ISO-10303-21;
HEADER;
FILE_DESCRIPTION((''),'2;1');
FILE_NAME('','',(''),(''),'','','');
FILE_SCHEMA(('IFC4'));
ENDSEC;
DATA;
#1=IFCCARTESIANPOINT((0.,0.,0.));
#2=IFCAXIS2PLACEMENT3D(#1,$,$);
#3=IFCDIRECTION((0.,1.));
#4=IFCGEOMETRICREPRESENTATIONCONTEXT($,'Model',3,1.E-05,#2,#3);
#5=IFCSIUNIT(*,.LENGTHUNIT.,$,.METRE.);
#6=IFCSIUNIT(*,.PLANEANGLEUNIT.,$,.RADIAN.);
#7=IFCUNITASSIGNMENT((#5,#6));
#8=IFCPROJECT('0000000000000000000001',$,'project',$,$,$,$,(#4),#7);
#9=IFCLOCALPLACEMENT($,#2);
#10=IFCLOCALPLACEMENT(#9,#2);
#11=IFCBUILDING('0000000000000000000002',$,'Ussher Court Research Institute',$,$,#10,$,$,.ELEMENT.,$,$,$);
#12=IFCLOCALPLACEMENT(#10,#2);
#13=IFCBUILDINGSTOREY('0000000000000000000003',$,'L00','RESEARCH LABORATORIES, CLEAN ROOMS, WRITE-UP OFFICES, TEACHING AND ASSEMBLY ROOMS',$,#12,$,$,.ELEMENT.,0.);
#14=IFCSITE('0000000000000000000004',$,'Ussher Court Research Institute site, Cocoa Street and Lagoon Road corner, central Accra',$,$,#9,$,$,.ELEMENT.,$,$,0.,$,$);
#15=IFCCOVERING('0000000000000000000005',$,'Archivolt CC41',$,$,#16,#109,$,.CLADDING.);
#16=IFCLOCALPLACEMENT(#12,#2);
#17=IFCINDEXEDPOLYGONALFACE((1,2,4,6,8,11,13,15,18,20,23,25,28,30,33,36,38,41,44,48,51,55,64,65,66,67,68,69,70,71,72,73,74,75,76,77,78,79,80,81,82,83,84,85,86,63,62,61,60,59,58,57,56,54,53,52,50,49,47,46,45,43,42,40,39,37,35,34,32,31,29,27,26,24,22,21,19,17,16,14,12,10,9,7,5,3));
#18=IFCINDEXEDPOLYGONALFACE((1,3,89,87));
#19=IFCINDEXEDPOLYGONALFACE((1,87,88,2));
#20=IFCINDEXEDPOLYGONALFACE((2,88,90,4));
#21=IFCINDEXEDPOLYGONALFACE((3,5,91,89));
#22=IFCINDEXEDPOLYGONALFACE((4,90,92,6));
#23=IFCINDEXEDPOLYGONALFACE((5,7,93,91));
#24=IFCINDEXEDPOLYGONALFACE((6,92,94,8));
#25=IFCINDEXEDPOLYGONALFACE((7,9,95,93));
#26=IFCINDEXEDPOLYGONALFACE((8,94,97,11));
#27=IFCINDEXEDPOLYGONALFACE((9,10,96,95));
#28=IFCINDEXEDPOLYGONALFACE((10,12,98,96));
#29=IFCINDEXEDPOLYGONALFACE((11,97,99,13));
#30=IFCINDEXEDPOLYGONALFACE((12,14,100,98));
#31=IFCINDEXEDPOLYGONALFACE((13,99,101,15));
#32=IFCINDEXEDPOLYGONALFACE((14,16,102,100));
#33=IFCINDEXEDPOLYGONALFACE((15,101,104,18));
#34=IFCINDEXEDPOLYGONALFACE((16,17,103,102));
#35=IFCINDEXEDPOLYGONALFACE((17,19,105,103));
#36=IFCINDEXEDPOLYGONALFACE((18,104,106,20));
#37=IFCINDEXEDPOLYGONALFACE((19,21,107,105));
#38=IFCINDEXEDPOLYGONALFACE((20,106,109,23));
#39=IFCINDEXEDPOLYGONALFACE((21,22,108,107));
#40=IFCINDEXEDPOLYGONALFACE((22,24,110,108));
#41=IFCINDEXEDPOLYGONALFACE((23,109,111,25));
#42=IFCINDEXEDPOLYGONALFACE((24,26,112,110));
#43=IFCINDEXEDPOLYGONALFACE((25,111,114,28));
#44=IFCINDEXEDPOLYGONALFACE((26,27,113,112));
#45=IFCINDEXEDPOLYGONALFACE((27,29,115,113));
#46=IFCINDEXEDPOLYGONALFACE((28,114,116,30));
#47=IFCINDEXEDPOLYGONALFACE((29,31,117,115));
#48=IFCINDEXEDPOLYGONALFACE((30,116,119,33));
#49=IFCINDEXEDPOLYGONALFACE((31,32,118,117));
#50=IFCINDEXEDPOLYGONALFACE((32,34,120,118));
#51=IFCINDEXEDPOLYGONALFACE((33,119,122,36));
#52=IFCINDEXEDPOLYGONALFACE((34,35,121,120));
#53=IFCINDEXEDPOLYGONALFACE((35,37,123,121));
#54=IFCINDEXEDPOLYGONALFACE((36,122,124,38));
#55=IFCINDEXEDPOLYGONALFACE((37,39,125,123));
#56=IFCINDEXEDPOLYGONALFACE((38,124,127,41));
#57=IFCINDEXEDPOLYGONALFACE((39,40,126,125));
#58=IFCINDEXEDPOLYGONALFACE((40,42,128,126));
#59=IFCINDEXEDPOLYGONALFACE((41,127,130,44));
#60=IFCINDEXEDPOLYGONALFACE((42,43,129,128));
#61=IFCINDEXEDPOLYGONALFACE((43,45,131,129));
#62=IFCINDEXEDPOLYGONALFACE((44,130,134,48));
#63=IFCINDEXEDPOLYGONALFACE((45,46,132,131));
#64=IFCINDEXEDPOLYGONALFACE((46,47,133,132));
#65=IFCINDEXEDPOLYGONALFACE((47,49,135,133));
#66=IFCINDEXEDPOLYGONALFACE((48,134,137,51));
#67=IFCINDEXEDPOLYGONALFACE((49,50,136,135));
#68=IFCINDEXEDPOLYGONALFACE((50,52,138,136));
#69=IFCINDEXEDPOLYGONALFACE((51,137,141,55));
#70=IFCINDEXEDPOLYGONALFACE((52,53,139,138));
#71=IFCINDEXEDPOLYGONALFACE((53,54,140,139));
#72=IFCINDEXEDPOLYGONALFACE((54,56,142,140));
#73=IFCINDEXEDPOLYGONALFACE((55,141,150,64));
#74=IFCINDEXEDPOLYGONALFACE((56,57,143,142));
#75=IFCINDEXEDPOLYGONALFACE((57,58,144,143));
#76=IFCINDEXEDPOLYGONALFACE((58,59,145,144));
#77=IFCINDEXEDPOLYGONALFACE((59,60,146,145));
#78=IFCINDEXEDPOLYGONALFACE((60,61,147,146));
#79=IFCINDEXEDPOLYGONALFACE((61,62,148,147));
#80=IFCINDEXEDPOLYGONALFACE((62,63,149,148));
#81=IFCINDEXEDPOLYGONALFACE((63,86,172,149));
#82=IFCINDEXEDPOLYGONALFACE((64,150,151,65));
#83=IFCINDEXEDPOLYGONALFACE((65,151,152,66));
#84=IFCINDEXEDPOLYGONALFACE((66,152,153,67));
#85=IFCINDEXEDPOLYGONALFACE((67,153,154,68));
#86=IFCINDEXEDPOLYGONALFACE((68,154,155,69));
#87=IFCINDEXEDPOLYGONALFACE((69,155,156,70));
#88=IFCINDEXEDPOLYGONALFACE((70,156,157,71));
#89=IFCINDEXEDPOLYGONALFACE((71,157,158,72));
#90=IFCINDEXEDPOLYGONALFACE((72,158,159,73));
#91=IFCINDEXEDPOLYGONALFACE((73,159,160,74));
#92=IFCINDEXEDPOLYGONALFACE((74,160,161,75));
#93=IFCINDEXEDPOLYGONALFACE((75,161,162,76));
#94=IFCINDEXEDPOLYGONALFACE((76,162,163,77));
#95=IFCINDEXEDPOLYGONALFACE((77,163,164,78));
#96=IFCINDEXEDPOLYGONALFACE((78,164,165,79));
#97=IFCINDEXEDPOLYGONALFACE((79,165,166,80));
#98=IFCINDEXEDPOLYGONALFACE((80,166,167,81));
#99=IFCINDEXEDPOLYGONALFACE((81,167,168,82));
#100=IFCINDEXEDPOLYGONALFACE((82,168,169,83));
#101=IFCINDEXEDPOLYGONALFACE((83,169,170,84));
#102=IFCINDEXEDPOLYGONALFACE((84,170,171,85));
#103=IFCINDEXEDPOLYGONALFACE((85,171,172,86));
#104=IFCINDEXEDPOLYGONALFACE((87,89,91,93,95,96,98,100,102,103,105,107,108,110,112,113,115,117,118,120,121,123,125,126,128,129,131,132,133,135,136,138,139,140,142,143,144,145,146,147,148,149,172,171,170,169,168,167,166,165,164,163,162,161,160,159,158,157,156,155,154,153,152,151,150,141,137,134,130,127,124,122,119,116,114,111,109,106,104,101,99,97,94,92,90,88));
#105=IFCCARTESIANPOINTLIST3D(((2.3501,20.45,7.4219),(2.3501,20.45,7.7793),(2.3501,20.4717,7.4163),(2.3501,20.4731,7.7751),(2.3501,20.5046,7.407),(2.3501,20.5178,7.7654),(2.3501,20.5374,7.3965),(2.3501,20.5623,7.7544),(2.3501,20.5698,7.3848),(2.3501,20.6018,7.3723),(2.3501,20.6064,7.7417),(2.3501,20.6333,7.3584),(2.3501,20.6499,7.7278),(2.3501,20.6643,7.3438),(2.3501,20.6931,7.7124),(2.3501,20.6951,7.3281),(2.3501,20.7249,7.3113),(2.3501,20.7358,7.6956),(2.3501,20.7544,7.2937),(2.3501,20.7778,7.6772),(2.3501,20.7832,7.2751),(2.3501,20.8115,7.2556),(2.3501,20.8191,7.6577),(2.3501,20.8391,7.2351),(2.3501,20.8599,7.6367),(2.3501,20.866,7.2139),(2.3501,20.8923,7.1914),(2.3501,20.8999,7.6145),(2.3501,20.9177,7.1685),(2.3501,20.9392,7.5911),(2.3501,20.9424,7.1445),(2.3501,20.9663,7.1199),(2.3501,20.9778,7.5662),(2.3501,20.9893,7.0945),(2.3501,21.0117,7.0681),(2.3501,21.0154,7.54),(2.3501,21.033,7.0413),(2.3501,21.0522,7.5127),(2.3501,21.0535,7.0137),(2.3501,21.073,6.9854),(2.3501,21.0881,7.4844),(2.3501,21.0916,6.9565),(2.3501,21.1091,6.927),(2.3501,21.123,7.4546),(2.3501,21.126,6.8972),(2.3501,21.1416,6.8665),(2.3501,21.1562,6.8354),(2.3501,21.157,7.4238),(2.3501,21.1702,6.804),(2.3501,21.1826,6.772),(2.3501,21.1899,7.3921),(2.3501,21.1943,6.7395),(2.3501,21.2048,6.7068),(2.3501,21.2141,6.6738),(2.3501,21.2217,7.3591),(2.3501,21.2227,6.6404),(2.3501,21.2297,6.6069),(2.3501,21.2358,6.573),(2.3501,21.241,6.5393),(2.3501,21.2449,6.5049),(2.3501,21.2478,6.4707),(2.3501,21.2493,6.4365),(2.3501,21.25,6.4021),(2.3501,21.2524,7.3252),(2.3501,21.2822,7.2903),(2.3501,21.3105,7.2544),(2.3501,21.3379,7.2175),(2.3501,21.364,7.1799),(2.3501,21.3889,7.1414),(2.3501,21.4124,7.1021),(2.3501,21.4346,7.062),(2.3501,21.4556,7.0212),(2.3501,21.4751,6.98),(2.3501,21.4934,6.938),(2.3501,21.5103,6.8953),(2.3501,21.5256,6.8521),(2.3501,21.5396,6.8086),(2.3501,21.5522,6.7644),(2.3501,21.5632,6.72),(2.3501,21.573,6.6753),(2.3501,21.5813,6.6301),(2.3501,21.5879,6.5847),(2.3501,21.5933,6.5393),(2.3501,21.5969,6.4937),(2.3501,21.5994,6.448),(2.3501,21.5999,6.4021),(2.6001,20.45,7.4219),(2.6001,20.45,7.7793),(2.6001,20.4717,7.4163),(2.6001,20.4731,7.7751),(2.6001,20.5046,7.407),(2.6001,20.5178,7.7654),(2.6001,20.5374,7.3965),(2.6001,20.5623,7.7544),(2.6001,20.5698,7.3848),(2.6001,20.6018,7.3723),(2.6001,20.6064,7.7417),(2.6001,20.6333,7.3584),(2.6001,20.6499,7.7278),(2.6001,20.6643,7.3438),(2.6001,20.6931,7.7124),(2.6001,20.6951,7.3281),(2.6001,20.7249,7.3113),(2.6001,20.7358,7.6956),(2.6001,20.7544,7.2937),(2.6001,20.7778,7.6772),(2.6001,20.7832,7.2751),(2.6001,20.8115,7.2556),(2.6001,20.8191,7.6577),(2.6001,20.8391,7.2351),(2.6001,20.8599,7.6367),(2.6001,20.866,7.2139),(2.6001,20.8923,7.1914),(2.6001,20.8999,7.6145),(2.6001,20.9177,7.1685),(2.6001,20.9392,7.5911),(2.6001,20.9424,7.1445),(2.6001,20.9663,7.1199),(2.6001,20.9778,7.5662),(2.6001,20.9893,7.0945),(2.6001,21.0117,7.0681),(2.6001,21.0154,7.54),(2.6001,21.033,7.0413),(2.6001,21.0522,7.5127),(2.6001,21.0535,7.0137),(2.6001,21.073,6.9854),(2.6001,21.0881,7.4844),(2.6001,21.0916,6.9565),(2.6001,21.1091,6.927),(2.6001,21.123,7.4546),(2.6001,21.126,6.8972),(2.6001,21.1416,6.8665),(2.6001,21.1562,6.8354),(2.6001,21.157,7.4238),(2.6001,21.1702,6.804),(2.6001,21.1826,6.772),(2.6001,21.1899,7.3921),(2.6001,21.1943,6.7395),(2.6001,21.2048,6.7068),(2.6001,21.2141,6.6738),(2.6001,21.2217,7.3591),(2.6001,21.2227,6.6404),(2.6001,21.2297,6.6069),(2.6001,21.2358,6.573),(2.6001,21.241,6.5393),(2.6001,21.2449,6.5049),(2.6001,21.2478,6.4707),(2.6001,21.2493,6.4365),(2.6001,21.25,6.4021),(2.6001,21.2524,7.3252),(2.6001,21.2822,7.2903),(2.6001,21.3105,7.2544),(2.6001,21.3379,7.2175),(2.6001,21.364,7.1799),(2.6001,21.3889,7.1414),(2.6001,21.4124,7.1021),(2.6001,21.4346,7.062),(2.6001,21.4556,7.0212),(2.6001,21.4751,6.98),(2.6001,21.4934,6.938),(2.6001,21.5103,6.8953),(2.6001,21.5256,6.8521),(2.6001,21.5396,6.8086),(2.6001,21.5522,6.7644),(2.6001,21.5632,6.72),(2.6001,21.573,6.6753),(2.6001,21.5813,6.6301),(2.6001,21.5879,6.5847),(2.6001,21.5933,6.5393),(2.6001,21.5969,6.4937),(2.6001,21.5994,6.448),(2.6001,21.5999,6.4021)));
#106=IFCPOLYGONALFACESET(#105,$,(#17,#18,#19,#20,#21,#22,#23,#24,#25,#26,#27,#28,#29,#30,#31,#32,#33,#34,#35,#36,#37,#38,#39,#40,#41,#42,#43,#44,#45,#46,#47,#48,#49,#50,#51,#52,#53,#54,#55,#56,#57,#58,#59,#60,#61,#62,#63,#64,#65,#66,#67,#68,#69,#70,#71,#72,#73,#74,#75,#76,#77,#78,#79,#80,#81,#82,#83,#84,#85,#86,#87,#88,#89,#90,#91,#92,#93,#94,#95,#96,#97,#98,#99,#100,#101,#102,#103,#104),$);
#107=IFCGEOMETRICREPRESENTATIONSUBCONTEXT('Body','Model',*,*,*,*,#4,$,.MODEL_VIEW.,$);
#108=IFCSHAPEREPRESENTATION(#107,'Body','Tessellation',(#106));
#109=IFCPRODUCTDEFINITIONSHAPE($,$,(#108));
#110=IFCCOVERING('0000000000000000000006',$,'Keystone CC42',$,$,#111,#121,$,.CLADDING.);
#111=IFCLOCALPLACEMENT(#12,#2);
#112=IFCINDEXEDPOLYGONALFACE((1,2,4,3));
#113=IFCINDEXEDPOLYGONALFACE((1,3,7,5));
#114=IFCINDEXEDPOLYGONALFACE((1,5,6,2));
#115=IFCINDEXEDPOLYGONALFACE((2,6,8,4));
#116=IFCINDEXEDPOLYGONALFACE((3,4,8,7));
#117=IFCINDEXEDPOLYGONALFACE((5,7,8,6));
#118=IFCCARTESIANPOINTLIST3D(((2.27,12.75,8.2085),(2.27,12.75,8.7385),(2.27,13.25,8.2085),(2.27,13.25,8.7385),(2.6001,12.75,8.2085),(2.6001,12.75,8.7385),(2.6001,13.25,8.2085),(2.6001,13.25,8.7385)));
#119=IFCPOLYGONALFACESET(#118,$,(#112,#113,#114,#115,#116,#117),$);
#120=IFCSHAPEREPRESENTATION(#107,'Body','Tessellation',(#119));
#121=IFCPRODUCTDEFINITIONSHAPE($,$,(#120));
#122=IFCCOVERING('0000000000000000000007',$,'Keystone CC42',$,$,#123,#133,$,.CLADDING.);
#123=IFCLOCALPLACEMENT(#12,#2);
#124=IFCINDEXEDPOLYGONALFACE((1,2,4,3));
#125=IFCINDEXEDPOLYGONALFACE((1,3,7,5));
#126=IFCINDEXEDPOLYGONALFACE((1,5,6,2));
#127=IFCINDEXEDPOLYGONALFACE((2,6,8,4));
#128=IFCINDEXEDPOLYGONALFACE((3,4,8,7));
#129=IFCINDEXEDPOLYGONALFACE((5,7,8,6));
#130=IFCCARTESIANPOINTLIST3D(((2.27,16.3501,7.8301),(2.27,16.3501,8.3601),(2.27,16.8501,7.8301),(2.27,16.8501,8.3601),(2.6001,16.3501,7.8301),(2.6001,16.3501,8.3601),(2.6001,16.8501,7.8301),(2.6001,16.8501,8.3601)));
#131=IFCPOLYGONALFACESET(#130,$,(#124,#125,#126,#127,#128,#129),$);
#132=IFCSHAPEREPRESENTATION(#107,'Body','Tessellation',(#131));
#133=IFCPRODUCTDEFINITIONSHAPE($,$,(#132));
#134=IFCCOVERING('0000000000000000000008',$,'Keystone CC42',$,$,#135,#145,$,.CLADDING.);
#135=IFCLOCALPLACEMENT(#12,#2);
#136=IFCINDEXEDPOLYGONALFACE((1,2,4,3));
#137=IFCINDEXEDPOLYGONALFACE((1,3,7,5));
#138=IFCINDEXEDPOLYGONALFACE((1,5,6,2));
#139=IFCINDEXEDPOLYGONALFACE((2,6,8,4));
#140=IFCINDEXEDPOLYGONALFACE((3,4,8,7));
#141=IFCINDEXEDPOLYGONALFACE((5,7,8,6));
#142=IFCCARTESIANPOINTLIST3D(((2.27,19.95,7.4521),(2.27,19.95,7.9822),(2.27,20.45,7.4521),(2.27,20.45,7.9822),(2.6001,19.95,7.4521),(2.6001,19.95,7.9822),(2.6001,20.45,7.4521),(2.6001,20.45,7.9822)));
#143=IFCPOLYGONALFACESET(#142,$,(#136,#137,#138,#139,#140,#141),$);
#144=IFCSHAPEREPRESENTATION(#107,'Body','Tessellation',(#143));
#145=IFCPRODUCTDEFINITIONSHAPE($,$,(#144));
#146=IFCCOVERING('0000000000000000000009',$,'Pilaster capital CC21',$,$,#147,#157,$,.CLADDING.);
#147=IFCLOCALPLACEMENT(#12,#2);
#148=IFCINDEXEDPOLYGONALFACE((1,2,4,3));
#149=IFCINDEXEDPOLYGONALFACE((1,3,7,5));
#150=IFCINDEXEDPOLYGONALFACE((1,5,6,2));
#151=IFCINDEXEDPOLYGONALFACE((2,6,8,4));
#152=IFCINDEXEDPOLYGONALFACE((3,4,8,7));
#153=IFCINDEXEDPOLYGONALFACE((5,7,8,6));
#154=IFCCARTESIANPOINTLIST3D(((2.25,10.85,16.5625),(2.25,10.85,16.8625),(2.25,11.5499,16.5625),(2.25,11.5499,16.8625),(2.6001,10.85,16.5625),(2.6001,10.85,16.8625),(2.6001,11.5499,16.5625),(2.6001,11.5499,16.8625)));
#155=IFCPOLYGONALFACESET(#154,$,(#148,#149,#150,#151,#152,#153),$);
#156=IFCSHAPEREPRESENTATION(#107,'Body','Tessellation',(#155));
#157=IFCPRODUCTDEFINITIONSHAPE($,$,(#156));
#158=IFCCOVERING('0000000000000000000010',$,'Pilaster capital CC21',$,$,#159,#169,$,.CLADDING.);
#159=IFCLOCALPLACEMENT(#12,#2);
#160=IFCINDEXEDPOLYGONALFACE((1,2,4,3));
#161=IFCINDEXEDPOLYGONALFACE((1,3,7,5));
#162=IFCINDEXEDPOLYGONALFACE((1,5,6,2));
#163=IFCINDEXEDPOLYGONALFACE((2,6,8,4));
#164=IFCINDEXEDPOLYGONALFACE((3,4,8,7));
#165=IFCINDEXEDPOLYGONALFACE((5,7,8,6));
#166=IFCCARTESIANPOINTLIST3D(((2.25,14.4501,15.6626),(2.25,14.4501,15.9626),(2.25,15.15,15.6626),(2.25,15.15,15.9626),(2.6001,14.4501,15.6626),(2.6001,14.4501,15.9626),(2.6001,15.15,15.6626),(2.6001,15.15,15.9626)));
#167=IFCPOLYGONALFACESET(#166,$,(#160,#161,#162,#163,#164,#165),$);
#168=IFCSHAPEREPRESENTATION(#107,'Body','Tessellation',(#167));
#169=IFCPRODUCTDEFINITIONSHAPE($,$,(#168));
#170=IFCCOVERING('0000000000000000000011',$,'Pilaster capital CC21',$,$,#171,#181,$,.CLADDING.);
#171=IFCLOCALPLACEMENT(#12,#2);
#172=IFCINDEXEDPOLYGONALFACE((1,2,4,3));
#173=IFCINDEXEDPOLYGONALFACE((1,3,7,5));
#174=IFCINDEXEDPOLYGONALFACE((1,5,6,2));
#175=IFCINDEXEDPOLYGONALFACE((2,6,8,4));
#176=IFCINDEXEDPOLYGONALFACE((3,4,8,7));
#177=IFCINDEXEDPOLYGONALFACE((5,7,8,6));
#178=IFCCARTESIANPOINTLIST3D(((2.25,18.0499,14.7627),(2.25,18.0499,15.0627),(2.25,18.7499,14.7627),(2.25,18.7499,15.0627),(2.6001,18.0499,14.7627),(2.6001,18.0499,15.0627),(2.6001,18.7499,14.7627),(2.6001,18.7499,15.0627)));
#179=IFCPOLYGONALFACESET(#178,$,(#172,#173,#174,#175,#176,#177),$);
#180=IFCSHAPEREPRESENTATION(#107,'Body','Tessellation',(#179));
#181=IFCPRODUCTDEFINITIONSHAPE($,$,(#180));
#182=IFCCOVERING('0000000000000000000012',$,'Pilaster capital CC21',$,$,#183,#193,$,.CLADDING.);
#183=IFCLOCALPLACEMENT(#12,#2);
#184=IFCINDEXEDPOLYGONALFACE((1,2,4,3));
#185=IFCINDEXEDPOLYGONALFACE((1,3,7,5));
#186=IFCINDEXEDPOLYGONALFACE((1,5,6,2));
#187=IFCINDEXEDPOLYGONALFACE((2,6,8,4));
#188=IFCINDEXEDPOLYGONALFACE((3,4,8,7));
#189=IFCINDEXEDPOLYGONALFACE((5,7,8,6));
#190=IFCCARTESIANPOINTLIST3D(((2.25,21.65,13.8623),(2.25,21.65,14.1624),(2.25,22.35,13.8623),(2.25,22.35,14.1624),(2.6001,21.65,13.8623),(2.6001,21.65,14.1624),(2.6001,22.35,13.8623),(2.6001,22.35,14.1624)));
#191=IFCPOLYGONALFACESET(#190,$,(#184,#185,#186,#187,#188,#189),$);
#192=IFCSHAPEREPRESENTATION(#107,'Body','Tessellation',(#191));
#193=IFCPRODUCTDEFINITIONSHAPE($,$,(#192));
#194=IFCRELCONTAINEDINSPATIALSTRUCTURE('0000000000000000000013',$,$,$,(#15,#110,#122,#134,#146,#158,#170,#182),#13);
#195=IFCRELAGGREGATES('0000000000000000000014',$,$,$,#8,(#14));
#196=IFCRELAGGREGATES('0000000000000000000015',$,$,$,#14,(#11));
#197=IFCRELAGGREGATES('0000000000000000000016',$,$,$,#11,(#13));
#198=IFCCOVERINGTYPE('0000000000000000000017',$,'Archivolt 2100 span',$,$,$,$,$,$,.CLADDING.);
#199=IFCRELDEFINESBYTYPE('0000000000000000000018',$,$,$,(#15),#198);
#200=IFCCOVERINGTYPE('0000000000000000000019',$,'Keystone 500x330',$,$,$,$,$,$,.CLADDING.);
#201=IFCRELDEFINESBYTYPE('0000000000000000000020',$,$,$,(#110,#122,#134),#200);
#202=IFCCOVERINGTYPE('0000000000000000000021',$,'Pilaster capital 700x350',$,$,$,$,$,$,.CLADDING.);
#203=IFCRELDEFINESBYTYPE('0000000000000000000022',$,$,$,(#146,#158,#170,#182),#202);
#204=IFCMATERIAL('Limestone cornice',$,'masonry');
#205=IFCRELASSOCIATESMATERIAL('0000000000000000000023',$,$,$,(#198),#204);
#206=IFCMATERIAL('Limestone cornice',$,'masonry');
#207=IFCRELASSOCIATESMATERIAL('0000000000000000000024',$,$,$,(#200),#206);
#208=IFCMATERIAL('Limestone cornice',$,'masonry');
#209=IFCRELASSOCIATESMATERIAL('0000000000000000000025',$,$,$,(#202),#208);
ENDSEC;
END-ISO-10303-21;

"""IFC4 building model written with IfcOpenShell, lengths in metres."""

from ifc_helpers import new_model, si_unit, direction, frame, origin, origin_2d, place, context, subcontext, project, spatial, polyline, rectangle, outline, extrude, material, type_object, element, save


model = new_model("IFC4")

# Units and contexts
model_context = context("Model", 3, precision=1e-05, world=origin(), true_north=direction((0.0, 1.0)))
body_context = subcontext(model_context, "Body", "Model", "MODEL_VIEW")
ifc_project = project(units=[si_unit("LENGTHUNIT", "METRE"), si_unit("PLANEANGLEUNIT", "RADIAN")], contexts=[model_context])

# Site, building, storey
site_placement = place(None, origin())
site = spatial("IfcSite", under=ifc_project, at=site_placement, Name="Ussher Court Research Institute site, Cocoa Street and Lagoon Road corner, central Accra", CompositionType="ELEMENT", RefElevation=0.0)
building_placement = place(site_placement, origin())
building = spatial("IfcBuilding", under=site, at=building_placement, Name="Ussher Court Research Institute", CompositionType="ELEMENT")
storey_placement = place(building_placement, origin())
storey = spatial("IfcBuildingStorey", under=building, at=storey_placement, Name="L00", Description="RESEARCH LABORATORIES, CLEAN ROOMS, WRITE-UP OFFICES, TEACHING AND ASSEMBLY ROOMS", CompositionType="ELEMENT", Elevation=0.0)

# Coverings
ifc_material_1 = material(Name="Limestone cornice", Category="masonry")
covering_type_1 = type_object("IfcCoveringType", Name="Archivolt 2100 span", PredefinedType="CLADDING", material=ifc_material_1)
covering_1_placement = place(storey_placement, frame((2.3501, 20.2, 6.4021), z_axis=(1.0, 0.0, 0.0), x_axis=(0.0, 1.0, 0.0)))
element("IfcCovering", 1, at=covering_1_placement, inside=storey, type_object=covering_type_1, Name="Archivolt CC41", PredefinedType="CLADDING", context=body_context, shape_type="SweptSolid", body=[
    extrude(outline(polyline([(0.2732, 1.373), (0.25, 1.3772), (0.25, 1.0198), (0.2717, 1.0142), (0.3047, 1.0049), (0.3374, 0.9944), (0.3699, 0.9827), (0.4019, 0.9702), (0.4333, 0.9563), (0.4644, 0.9417), (0.4951, 0.926), (0.5249, 0.9092), (0.5544, 0.8916), (0.5833, 0.873), (0.6116, 0.8535), (0.6392, 0.833), (0.666, 0.8118), (0.6924, 0.7893), (0.7178, 0.7664), (0.7424, 0.7424), (0.7664, 0.7178), (0.7893, 0.6924), (0.8118, 0.666), (0.833, 0.6392), (0.8535, 0.6116), (0.873, 0.5833), (0.8916, 0.5544), (0.9092, 0.5249), (0.926, 0.4951), (0.9417, 0.4644), (0.9563, 0.4333), (0.9702, 0.4019), (0.9827, 0.3699), (0.9944, 0.3374), (1.0049, 0.3047), (1.0142, 0.2717), (1.0227, 0.2383), (1.0298, 0.2048), (1.0359, 0.1709), (1.041, 0.1372), (1.0449, 0.1028), (1.0479, 0.0686), (1.0493, 0.0344), (1.05, 0.0), (1.3999, 0.0), (1.3994, 0.0459), (1.397, 0.0916), (1.3933, 0.1372), (1.3879, 0.1826), (1.3813, 0.228), (1.373, 0.2732), (1.3633, 0.3179), (1.3523, 0.3623), (1.3396, 0.4065), (1.3257, 0.45), (1.3103, 0.4932), (1.2935, 0.5359), (1.2751, 0.5779), (1.2556, 0.6191), (1.2346, 0.6599), (1.2124, 0.7), (1.189, 0.7393), (1.1641, 0.7778), (1.1379, 0.8154), (1.1106, 0.8523), (1.0823, 0.8882), (1.0525, 0.9231), (1.0217, 0.957), (0.99, 0.99), (0.957, 1.0217), (0.9231, 1.0525), (0.8882, 1.0823), (0.8523, 1.1106), (0.8154, 1.1379), (0.7778, 1.1641), (0.7393, 1.189), (0.7, 1.2124), (0.6599, 1.2346), (0.6191, 1.2556), (0.5779, 1.2751), (0.5359, 1.2935), (0.4932, 1.3103), (0.45, 1.3257), (0.4065, 1.3396), (0.3623, 1.3523), (0.3179, 1.3633), (0.2732, 1.373)])), origin(), (0.0, 0.0, 1.0), 0.25),
])
ifc_material_2 = material(Name="Limestone cornice", Category="masonry")
covering_type_2 = type_object("IfcCoveringType", Name="Keystone 500x330", PredefinedType="CLADDING", material=ifc_material_2)
for number, where, z_axis, x_axis, name in (
    (2, (2.4351, 13.0, 8.2085), (0.0, 0.0, 1.0), (1.0, 0.0, 0.0), "Keystone CC42"),
    (3, (2.4351, 16.6001, 7.8301), (0.0, 0.0, 1.0), (1.0, 0.0, 0.0), "Keystone CC42"),
    (4, (2.4351, 20.2, 7.4521), (0.0, 0.0, 1.0), (1.0, 0.0, 0.0), "Keystone CC42"),
):
    element("IfcCovering", number, at=place(storey_placement, frame(where, z_axis=z_axis, x_axis=x_axis)), inside=storey, type_object=covering_type_2, Name=name, PredefinedType="CLADDING", context=body_context, shape_type="SweptSolid", body=[
        extrude(rectangle(XDim=0.3301, YDim=0.5, at=origin_2d()), origin(), (0.0, 0.0, 1.0), 0.53),
    ])
ifc_material_3 = material(Name="Limestone cornice", Category="masonry")
covering_type_3 = type_object("IfcCoveringType", Name="Pilaster capital 700x350", PredefinedType="CLADDING", material=ifc_material_3)
for number, where, z_axis, x_axis, name in (
    (5, (2.425, 11.2, 16.5625), (0.0, 0.0, 1.0), (1.0, 0.0, 0.0), "Pilaster capital CC21"),
    (6, (2.425, 14.8, 15.6626), (0.0, 0.0, 1.0), (1.0, 0.0, 0.0), "Pilaster capital CC21"),
    (7, (2.425, 18.3999, 14.7627), (0.0, 0.0, 1.0), (1.0, 0.0, 0.0), "Pilaster capital CC21"),
    (8, (2.425, 22.0, 13.8623), (0.0, 0.0, 1.0), (1.0, 0.0, 0.0), "Pilaster capital CC21"),
):
    element("IfcCovering", number, at=place(storey_placement, frame(where, z_axis=z_axis, x_axis=x_axis)), inside=storey, type_object=covering_type_3, Name=name, PredefinedType="CLADDING", context=body_context, shape_type="SweptSolid", body=[
        extrude(rectangle(XDim=0.3501, YDim=0.7, at=origin_2d()), origin(), (0.0, 0.0, 1.0), 0.3),
    ])

save(model, "model.ifc")
